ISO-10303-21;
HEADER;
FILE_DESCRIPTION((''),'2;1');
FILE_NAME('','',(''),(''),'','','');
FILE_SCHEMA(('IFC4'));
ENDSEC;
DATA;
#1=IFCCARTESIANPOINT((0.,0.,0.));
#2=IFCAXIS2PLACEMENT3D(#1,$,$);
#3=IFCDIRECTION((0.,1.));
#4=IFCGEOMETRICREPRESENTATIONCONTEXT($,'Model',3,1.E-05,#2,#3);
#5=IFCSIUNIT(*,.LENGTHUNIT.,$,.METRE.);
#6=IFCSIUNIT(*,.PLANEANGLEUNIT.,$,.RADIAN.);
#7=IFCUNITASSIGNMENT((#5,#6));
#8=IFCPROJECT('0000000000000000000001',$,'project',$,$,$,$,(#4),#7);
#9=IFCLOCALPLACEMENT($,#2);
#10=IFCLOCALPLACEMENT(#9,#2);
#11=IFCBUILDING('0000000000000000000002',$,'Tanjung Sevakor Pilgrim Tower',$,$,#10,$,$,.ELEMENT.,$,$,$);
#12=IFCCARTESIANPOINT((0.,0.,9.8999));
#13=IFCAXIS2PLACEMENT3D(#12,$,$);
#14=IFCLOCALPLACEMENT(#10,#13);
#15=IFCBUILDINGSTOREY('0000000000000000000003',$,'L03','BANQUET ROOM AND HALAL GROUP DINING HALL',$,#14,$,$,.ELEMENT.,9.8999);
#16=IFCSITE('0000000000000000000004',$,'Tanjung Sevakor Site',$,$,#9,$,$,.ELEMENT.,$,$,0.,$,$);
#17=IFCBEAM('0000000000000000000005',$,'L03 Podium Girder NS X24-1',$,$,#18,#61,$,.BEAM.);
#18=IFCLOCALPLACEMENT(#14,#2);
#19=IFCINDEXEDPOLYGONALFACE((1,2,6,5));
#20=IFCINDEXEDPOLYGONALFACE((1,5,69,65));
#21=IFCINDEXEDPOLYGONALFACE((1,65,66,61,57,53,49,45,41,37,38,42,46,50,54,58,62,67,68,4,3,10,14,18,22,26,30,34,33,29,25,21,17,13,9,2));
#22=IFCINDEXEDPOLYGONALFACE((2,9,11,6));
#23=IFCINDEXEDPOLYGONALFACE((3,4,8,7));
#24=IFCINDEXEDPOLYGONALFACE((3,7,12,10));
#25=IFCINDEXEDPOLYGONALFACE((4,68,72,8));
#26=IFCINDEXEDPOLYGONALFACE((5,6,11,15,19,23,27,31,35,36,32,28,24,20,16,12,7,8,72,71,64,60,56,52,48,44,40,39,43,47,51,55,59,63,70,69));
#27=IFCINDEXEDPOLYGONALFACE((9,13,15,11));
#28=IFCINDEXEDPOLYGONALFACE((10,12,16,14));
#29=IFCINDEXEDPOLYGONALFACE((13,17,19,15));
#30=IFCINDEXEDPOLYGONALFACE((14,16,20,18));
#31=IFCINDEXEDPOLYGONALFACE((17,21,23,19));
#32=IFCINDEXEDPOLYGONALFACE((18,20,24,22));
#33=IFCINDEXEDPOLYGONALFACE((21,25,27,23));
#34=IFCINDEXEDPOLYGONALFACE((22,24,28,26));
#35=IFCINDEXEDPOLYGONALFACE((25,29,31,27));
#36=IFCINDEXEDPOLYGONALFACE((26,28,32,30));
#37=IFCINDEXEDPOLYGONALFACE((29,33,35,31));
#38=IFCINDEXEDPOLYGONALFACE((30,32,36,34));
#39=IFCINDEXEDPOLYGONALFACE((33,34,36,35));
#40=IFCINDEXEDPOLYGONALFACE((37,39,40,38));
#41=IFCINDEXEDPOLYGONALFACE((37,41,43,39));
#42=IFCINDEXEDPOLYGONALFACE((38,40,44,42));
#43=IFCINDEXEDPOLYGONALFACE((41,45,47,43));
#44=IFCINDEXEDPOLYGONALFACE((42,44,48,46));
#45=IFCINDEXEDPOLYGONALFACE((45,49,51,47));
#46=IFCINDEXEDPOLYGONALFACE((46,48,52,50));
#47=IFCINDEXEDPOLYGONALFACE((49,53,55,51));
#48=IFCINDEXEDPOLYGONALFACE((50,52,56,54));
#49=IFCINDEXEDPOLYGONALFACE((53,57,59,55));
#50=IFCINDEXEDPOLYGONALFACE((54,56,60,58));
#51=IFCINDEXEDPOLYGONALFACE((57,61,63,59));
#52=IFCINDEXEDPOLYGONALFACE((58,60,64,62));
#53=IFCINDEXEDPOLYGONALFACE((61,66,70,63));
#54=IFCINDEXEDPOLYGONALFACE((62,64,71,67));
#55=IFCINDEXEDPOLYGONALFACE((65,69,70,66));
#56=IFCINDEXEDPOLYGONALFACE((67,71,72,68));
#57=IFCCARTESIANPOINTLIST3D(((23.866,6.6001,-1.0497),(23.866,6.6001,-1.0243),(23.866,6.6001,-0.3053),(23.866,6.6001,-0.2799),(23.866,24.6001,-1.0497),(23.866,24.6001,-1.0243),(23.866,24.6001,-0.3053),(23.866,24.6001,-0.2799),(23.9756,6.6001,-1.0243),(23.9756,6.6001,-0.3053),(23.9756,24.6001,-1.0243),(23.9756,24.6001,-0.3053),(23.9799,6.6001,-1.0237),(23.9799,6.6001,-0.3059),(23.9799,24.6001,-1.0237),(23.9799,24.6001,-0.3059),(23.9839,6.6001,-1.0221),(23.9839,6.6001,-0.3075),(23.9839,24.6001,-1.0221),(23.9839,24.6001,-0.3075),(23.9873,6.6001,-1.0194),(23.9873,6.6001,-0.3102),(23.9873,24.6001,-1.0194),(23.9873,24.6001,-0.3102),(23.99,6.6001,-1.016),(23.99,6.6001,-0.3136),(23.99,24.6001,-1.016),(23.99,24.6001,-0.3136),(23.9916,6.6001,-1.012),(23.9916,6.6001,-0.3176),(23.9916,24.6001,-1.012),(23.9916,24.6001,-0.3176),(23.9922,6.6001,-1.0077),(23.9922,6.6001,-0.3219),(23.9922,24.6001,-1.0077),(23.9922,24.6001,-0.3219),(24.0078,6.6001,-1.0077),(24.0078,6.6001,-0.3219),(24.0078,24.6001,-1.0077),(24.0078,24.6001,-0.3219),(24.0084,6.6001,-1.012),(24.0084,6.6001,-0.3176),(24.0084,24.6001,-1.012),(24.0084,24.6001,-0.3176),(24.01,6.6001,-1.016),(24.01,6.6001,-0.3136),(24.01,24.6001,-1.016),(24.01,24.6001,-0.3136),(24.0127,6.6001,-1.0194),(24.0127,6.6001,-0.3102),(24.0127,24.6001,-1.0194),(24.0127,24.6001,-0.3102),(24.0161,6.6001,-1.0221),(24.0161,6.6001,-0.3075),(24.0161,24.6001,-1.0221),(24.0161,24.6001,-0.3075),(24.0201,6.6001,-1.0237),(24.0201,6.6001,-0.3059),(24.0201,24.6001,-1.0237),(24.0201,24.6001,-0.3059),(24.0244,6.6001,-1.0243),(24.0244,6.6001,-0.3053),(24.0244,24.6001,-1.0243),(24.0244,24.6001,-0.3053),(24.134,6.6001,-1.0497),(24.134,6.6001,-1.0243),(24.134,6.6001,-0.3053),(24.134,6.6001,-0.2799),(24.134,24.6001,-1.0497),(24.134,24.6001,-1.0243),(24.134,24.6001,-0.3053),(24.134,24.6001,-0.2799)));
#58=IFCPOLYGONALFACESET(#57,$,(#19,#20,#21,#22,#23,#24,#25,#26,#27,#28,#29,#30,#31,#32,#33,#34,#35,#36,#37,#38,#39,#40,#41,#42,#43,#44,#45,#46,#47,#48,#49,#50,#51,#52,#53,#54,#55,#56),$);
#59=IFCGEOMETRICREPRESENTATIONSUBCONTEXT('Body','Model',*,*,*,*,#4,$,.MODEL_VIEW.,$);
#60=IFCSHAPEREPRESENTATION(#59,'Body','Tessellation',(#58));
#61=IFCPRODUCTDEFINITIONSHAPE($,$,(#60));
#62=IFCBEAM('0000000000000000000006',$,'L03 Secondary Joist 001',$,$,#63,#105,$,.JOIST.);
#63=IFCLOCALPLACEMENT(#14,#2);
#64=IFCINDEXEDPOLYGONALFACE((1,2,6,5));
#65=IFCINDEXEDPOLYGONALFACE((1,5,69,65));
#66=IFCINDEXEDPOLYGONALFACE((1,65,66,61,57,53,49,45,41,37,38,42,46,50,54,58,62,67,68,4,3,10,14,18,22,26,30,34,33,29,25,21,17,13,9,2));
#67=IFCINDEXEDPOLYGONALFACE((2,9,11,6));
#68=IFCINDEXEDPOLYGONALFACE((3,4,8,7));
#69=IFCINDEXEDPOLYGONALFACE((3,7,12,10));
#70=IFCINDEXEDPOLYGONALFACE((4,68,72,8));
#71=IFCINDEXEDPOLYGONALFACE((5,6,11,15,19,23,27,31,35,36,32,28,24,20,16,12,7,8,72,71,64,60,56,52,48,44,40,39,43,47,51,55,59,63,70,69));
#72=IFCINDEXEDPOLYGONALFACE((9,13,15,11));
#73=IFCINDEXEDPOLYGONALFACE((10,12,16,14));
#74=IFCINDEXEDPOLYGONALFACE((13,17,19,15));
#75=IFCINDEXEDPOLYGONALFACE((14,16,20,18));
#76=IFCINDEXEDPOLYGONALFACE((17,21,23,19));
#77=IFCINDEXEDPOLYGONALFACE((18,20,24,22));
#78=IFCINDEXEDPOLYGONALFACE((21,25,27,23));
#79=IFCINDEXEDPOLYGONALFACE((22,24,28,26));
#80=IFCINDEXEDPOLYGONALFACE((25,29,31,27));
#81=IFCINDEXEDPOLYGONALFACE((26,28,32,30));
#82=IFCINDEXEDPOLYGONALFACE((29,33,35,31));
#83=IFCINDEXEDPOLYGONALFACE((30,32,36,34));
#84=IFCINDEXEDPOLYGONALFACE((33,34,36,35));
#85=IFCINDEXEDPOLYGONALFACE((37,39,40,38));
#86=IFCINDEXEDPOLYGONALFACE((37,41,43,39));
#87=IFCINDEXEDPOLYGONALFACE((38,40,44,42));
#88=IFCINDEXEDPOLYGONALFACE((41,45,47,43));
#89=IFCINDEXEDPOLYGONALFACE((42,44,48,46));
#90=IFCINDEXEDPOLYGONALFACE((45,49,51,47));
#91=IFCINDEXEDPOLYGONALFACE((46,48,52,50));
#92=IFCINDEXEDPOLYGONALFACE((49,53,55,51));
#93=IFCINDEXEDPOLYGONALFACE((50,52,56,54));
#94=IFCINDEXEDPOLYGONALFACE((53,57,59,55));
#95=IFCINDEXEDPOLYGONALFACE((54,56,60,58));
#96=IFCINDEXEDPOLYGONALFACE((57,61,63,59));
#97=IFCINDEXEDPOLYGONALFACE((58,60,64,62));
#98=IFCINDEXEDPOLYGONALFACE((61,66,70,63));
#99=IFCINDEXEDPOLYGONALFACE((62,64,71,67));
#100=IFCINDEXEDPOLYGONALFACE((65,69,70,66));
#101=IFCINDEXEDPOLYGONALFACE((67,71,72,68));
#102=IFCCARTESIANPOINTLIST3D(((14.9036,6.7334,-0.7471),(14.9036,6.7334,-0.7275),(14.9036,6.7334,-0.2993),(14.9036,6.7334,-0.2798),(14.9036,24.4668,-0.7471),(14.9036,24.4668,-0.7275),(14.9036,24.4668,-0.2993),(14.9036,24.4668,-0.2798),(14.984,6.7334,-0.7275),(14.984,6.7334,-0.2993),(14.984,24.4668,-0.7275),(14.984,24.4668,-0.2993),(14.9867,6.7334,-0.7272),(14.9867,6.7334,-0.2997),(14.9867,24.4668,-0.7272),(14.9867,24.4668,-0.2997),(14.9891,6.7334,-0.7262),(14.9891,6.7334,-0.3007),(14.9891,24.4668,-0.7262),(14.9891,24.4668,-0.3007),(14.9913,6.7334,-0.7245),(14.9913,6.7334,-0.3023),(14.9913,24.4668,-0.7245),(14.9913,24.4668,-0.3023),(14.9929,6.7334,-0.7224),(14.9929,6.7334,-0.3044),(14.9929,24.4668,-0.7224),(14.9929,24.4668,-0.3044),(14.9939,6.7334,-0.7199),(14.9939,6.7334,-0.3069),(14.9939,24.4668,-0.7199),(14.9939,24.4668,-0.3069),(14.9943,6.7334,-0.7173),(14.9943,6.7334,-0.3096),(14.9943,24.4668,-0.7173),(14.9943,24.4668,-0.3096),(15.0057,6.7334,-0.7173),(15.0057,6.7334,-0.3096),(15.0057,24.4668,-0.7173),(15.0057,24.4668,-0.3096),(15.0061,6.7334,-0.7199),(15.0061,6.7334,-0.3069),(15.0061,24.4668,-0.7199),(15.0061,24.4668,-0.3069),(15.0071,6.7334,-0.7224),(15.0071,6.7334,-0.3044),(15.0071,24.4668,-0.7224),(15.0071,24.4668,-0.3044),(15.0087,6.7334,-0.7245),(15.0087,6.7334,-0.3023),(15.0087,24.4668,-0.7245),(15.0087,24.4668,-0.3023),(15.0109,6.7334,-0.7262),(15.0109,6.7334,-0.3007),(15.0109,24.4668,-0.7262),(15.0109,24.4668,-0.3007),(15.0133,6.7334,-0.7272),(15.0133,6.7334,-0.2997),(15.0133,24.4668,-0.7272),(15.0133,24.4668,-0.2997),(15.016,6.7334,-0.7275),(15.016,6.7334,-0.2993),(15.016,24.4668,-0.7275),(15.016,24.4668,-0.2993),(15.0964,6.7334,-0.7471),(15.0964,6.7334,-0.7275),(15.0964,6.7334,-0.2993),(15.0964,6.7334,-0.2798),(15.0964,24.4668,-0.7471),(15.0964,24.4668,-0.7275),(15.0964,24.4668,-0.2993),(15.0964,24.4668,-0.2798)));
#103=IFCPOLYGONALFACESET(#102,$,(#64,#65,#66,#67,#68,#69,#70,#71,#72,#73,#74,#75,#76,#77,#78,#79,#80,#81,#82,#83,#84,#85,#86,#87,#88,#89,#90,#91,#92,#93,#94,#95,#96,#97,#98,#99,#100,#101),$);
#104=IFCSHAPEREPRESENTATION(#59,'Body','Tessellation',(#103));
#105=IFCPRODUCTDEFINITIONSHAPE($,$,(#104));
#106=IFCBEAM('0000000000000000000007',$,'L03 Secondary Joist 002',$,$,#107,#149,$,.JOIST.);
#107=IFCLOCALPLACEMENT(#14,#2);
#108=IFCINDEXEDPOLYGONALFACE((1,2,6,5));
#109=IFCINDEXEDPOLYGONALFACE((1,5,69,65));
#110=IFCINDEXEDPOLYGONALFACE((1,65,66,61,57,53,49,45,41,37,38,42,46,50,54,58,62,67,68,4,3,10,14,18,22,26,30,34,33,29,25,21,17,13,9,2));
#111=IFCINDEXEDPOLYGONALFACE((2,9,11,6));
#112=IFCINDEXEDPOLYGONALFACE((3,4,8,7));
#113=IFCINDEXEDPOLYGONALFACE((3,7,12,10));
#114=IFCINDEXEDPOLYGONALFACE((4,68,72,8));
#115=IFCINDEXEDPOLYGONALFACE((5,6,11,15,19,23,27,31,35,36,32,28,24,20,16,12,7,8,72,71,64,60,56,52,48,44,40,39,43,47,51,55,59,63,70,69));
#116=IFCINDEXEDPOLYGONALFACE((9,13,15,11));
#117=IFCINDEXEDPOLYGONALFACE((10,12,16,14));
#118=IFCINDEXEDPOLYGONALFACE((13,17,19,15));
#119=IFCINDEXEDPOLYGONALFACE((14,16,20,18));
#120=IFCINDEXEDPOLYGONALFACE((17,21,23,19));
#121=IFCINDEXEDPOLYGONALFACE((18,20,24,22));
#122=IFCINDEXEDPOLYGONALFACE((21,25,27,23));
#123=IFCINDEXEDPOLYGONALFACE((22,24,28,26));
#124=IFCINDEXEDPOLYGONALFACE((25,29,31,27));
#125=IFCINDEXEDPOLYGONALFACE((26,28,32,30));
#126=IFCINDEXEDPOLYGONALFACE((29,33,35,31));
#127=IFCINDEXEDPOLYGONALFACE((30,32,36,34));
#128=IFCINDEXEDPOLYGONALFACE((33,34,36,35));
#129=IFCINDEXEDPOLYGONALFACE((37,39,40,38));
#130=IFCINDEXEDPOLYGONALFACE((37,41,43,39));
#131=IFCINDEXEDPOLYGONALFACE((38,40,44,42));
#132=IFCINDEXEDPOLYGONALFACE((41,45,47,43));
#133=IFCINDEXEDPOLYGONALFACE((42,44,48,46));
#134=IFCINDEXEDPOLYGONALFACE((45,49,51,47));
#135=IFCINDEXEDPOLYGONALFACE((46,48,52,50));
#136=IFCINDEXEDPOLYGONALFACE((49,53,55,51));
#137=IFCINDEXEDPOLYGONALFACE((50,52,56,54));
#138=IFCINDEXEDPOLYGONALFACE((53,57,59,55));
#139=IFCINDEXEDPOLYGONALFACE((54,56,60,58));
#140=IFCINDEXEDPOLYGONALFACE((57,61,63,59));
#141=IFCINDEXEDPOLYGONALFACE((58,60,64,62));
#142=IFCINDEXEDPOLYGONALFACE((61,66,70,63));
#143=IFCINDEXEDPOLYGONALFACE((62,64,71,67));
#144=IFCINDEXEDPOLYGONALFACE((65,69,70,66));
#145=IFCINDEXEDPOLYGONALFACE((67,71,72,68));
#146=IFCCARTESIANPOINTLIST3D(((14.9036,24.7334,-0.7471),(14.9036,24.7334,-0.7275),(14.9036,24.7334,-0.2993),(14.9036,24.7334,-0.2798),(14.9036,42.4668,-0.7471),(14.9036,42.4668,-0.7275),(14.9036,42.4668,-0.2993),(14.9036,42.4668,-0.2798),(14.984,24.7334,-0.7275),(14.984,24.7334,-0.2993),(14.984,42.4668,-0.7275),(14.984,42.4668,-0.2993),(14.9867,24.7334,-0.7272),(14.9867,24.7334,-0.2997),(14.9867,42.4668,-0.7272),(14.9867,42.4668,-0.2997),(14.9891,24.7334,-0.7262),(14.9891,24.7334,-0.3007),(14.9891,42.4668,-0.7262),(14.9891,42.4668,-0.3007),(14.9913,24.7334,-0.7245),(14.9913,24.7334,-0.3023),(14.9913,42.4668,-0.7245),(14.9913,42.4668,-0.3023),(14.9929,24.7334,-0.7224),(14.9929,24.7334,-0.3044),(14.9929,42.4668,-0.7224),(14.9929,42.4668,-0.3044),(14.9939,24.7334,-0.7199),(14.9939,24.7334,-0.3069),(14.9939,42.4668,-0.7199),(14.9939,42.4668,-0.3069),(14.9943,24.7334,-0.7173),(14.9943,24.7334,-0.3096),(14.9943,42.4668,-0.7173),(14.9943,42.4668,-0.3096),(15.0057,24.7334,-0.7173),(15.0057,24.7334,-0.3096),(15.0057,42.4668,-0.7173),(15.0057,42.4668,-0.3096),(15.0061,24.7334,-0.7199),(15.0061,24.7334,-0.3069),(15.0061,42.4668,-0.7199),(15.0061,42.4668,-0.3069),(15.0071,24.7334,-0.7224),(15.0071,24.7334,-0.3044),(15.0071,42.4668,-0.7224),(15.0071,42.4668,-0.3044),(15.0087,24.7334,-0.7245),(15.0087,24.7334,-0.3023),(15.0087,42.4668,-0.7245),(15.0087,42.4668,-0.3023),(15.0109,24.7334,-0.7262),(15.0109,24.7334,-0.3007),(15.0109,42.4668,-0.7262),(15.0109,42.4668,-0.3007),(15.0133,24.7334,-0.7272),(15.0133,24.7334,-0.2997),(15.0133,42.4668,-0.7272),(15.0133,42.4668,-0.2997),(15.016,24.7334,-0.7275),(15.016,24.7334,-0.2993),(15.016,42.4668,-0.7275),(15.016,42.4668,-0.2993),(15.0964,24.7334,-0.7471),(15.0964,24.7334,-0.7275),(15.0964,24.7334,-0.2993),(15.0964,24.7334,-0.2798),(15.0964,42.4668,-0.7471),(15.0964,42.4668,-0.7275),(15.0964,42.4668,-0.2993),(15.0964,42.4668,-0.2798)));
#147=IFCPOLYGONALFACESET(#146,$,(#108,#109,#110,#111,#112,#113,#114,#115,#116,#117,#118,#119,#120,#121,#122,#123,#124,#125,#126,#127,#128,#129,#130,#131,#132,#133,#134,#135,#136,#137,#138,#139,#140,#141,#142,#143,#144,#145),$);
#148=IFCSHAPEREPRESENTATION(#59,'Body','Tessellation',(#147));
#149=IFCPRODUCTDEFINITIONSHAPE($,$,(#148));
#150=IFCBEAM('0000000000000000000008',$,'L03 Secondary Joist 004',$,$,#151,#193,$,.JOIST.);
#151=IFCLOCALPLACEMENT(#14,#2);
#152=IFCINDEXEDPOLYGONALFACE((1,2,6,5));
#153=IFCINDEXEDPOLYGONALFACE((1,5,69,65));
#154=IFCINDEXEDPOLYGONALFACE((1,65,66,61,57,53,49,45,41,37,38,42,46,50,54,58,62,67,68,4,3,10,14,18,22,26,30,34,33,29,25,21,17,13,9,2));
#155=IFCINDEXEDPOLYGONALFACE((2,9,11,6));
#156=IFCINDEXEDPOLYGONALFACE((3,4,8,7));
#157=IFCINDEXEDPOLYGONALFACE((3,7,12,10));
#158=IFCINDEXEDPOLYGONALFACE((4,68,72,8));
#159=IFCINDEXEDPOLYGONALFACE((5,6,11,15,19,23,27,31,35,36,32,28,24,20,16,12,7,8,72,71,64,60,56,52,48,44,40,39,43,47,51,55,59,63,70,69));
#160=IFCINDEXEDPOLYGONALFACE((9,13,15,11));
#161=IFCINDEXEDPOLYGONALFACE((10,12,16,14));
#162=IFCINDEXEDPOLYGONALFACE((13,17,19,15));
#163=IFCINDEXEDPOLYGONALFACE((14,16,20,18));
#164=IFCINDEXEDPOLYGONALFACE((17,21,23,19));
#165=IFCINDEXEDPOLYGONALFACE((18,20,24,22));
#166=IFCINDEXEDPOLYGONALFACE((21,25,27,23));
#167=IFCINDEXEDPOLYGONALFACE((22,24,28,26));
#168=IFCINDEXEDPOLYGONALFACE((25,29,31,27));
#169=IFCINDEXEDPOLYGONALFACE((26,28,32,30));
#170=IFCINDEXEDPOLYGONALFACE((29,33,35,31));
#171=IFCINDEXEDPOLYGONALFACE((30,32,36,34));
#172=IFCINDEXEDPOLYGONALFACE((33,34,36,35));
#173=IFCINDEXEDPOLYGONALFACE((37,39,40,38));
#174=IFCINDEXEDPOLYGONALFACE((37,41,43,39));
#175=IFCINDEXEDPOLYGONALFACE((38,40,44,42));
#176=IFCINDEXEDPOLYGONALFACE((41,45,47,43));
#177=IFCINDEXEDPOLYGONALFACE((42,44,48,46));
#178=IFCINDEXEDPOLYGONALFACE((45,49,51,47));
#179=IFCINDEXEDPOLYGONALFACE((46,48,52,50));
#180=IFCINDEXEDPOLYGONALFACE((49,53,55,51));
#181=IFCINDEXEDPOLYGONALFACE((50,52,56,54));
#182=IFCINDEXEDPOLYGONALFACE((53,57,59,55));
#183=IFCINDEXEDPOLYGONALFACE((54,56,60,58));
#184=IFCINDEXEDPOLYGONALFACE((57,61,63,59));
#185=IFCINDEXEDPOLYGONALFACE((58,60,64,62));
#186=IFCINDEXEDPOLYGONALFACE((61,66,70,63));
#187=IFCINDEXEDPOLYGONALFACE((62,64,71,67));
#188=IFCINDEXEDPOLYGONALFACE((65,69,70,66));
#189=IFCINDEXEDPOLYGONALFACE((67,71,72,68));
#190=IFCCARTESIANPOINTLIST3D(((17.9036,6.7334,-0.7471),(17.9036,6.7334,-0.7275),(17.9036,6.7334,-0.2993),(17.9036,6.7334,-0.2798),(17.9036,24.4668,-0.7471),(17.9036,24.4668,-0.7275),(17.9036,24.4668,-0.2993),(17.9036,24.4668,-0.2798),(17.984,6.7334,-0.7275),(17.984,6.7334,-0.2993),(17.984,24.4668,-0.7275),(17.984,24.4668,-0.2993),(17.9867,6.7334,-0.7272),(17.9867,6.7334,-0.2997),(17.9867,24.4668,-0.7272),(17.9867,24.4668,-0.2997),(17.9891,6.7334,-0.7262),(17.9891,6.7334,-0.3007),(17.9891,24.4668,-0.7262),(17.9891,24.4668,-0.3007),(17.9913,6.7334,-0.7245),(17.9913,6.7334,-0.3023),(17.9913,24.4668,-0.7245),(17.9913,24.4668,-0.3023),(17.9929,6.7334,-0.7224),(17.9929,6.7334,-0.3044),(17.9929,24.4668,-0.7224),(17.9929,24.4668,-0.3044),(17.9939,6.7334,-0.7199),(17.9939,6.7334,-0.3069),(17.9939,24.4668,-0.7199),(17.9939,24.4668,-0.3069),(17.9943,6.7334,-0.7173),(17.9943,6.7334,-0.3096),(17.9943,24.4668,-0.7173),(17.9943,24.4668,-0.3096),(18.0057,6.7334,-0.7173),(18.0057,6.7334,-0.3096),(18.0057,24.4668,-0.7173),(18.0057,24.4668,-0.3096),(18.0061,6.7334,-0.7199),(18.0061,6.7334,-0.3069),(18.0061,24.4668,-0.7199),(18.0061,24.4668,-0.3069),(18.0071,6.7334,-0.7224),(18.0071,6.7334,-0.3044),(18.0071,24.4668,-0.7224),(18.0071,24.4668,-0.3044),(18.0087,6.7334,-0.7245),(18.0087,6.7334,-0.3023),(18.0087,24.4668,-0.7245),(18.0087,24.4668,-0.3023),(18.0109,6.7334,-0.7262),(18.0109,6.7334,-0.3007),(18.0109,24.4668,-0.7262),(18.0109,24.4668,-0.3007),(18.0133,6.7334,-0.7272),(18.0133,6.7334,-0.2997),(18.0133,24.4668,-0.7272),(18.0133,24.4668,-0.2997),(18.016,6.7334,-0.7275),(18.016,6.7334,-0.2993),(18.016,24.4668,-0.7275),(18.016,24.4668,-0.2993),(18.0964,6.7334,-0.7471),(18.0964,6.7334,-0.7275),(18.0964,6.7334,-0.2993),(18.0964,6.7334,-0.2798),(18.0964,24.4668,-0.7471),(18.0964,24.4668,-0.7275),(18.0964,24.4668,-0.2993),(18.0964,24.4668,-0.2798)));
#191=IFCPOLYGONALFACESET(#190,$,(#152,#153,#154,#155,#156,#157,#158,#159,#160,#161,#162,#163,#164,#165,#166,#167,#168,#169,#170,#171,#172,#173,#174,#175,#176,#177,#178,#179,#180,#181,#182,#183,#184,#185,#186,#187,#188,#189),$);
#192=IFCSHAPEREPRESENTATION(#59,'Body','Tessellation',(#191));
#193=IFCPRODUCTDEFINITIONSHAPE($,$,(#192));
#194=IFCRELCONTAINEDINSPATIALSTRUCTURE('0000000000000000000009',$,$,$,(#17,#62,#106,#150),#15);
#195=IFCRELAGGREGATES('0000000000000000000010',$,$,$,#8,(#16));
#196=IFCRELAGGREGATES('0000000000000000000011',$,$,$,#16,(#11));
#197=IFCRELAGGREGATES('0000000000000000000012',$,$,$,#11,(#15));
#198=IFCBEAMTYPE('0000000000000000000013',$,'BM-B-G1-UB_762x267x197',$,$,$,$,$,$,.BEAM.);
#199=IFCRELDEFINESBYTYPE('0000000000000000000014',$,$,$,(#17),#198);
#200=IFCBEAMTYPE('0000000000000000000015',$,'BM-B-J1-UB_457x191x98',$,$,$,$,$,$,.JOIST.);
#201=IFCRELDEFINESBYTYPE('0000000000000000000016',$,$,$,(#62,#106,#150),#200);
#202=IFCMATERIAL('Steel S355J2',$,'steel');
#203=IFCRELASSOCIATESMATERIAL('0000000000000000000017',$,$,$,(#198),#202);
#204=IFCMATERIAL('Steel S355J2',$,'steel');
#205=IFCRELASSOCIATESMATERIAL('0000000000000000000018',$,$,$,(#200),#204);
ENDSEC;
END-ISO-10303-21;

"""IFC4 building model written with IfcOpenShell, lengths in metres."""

from ifc_helpers import new_model, si_unit, direction, frame, origin, origin_2d, place, context, subcontext, project, spatial, i_section, extrude, material, material_profile, profile_set, type_object, element, save


model = new_model("IFC4")

# Units and contexts
model_context = context("Model", 3, precision=1e-05, world=origin(), true_north=direction((0.0, 1.0)))
body_context = subcontext(model_context, "Body", "Model", "MODEL_VIEW")
ifc_project = project(units=[si_unit("LENGTHUNIT", "METRE"), si_unit("PLANEANGLEUNIT", "RADIAN")], contexts=[model_context])

# Site, building, storey
site_placement = place(None, origin())
site = spatial("IfcSite", under=ifc_project, at=site_placement, Name="Tanjung Sevakor Site", CompositionType="ELEMENT", RefElevation=0.0)
building_placement = place(site_placement, origin())
building = spatial("IfcBuilding", under=site, at=building_placement, Name="Tanjung Sevakor Pilgrim Tower", CompositionType="ELEMENT")
storey_placement = place(building_placement, frame((0.0, 0.0, 9.8999)))
storey = spatial("IfcBuildingStorey", under=building, at=storey_placement, Name="L03", Description="BANQUET ROOM AND HALAL GROUP DINING HALL", CompositionType="ELEMENT", Elevation=9.8999)

# Beams
ifc_material_1 = material(Name="Steel S355J2", Category="steel")
ifc_material_profile_1 = material_profile(ifc_material_1, i_section(OverallWidth=0.2681, OverallDepth=0.7698, WebThickness=0.0156, FlangeThickness=0.0254, FilletRadius=0.0166, at=origin_2d()))
ifc_profile_set_1 = profile_set([ifc_material_profile_1], Name="Steel S355J2")
beam_type_1 = type_object("IfcBeamType", Name="BM-B-G1-UB_762x267x197", PredefinedType="BEAM", material=ifc_profile_set_1)
for number, where, z_axis, x_axis, name in (
    (1, (24.0, 6.6001, -0.6648), (0.0, 1.0, 0.0), (-1.0, 0.0, 0.0), "L03 Podium Girder NS X24-1"),
):
    element("IfcBeam", number, at=place(storey_placement, frame(where, z_axis=z_axis, x_axis=x_axis)), inside=storey, type_object=beam_type_1, Name=name, PredefinedType="BEAM", context=body_context, shape_type="SweptSolid", body=[
        extrude(i_section(OverallWidth=0.2681, OverallDepth=0.7698, WebThickness=0.0156, FlangeThickness=0.0254, FilletRadius=0.0166, at=origin_2d()), origin(), (0.0, 0.0, 1.0), 18.0),
    ])
ifc_material_2 = material(Name="Steel S355J2", Category="steel")
ifc_material_profile_2 = material_profile(ifc_material_2, i_section(OverallWidth=0.1929, OverallDepth=0.4673, WebThickness=0.0115, FlangeThickness=0.0195, FilletRadius=0.0103, at=origin_2d()))
ifc_profile_set_2 = profile_set([ifc_material_profile_2], Name="Steel S355J2")
beam_type_2 = type_object("IfcBeamType", Name="BM-B-J1-UB_457x191x98", PredefinedType="JOIST", material=ifc_profile_set_2)
for number, where, z_axis, x_axis, name in (
    (2, (15.0, 6.7334, -0.5134), (0.0, 1.0, 0.0), (-1.0, 0.0, 0.0), "L03 Secondary Joist 001"),
    (3, (15.0, 24.7334, -0.5134), (0.0, 1.0, 0.0), (-1.0, 0.0, 0.0), "L03 Secondary Joist 002"),
    (4, (18.0, 6.7334, -0.5134), (0.0, 1.0, 0.0), (-1.0, 0.0, 0.0), "L03 Secondary Joist 004"),
):
    element("IfcBeam", number, at=place(storey_placement, frame(where, z_axis=z_axis, x_axis=x_axis)), inside=storey, type_object=beam_type_2, Name=name, PredefinedType="JOIST", context=body_context, shape_type="SweptSolid", body=[
        extrude(i_section(OverallWidth=0.1929, OverallDepth=0.4673, WebThickness=0.0115, FlangeThickness=0.0195, FilletRadius=0.0103, at=origin_2d()), origin(), (0.0, 0.0, 1.0), 17.7334),
    ])

save(model, "model.ifc")
